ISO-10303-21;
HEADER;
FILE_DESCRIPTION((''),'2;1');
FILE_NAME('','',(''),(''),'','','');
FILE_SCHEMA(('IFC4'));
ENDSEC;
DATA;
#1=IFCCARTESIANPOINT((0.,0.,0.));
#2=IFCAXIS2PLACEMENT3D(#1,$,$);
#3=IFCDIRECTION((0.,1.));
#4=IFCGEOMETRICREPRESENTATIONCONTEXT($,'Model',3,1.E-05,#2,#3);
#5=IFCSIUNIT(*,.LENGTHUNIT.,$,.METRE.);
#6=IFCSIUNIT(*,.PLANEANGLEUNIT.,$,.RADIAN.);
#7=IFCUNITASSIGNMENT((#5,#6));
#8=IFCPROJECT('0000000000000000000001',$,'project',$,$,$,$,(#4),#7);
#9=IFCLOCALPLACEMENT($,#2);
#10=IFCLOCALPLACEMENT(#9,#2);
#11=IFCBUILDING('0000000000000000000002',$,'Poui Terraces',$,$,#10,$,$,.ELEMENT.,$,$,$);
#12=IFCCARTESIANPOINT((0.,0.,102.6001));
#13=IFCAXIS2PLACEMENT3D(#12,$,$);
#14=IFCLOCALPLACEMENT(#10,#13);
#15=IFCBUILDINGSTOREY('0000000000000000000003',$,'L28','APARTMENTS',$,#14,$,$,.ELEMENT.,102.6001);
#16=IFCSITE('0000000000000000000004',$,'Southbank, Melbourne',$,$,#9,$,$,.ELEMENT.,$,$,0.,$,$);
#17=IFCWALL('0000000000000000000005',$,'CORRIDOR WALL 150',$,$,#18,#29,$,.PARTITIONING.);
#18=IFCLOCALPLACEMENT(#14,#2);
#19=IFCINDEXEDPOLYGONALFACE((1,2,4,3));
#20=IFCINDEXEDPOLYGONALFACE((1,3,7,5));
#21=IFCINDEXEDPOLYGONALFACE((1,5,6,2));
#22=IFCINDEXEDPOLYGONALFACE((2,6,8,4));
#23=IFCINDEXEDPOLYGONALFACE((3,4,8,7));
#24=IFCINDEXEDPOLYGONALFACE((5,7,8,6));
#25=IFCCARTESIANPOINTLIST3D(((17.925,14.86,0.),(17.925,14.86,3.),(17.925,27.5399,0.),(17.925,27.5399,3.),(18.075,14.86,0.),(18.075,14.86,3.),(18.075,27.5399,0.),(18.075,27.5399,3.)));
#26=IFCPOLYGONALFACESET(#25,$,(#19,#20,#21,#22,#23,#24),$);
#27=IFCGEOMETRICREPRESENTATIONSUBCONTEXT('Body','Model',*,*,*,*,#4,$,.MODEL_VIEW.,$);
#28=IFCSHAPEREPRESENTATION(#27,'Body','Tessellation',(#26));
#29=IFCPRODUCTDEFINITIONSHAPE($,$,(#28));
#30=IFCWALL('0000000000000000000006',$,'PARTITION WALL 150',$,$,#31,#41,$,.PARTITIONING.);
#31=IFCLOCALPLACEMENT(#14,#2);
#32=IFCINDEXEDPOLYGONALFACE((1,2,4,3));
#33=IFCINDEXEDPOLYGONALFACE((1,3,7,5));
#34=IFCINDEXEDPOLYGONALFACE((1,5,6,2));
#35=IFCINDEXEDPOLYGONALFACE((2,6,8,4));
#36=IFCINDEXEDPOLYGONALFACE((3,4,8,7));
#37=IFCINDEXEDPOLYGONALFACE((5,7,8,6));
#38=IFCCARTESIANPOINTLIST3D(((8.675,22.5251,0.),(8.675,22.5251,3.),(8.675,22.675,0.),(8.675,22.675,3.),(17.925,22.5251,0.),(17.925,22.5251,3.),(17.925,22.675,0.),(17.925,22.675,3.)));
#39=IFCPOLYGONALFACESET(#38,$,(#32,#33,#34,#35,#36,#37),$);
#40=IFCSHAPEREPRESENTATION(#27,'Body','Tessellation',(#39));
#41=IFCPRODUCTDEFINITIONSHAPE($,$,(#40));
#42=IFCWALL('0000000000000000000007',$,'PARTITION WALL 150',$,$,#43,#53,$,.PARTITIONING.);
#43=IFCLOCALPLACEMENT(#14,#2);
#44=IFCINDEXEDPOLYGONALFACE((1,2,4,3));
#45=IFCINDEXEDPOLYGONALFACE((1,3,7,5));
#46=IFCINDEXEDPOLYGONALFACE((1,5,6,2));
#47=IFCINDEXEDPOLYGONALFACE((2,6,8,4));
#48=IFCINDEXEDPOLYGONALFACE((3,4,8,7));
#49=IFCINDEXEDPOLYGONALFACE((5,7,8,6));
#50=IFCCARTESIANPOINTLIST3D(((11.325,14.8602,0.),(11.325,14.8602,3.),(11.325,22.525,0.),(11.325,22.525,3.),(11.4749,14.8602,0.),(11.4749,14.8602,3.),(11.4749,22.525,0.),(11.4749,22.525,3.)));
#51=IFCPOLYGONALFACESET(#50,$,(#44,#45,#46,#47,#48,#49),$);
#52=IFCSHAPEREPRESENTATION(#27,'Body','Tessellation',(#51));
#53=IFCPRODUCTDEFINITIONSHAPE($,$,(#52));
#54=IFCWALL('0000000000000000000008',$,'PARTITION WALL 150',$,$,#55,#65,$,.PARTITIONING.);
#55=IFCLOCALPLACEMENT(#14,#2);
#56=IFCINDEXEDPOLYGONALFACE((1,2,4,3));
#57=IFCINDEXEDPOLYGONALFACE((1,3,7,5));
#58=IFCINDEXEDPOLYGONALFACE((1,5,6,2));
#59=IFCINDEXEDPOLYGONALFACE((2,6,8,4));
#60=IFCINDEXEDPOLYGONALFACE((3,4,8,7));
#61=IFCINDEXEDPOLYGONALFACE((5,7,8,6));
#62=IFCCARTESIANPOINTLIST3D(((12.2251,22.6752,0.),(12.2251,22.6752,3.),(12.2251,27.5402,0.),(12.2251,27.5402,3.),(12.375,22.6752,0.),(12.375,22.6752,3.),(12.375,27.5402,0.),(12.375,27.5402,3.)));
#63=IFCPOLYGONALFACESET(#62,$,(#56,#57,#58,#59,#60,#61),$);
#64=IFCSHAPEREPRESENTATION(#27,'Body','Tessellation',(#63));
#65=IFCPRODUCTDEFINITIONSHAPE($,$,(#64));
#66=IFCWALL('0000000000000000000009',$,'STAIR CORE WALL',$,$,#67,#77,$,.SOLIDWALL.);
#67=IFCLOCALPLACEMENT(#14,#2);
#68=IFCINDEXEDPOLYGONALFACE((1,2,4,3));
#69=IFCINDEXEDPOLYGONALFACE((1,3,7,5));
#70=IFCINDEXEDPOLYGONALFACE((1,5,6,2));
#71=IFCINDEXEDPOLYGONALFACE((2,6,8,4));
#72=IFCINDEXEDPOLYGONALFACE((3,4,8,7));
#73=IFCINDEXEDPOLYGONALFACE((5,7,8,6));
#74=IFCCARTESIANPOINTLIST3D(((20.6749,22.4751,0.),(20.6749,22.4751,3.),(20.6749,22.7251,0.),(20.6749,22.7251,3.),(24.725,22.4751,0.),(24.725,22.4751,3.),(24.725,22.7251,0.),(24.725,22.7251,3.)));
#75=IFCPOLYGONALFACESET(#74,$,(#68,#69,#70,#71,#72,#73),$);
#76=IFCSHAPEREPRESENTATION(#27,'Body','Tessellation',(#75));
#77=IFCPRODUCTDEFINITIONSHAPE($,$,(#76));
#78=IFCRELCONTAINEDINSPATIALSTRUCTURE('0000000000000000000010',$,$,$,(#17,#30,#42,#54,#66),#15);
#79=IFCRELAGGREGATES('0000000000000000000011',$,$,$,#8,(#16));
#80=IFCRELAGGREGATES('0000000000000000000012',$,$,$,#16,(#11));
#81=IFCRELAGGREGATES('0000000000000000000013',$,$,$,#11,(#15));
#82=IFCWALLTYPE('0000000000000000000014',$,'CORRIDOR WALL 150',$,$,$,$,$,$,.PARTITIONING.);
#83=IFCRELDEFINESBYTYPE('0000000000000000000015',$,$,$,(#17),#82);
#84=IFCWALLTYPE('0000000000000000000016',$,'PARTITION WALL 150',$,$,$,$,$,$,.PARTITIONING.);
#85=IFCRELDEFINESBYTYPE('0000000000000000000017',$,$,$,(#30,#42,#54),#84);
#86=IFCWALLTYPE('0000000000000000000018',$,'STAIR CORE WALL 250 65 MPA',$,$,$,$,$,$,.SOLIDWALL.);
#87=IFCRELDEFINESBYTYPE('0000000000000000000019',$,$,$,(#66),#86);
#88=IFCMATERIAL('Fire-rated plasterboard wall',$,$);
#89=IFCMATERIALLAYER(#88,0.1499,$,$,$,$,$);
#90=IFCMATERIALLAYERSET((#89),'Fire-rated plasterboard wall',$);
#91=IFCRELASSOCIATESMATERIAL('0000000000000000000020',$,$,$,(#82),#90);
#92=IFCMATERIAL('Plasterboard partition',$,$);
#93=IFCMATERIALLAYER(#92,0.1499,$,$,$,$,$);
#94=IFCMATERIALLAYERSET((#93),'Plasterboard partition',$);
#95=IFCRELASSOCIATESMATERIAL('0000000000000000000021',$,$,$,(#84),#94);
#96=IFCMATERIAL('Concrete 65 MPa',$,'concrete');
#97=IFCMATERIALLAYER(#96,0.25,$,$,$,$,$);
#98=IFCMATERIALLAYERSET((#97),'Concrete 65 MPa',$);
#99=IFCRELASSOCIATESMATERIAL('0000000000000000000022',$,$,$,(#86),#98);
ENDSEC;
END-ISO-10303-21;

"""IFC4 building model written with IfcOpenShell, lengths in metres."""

from ifc_helpers import new_model, si_unit, direction, frame, frame_2d, origin, place, context, subcontext, project, spatial, rectangle, extrude, material, layer, layer_set, type_object, element, save


model = new_model("IFC4")

# Units and contexts
model_context = context("Model", 3, precision=1e-05, world=origin(), true_north=direction((0.0, 1.0)))
body_context = subcontext(model_context, "Body", "Model", "MODEL_VIEW")
ifc_project = project(units=[si_unit("LENGTHUNIT", "METRE"), si_unit("PLANEANGLEUNIT", "RADIAN")], contexts=[model_context])

# Site, building, storey
site_placement = place(None, origin())
site = spatial("IfcSite", under=ifc_project, at=site_placement, Name="Southbank, Melbourne", CompositionType="ELEMENT", RefElevation=0.0)
building_placement = place(site_placement, origin())
building = spatial("IfcBuilding", under=site, at=building_placement, Name="Poui Terraces", CompositionType="ELEMENT")
storey_placement = place(building_placement, frame((0.0, 0.0, 102.6001)))
storey = spatial("IfcBuildingStorey", under=building, at=storey_placement, Name="L28", Description="APARTMENTS", CompositionType="ELEMENT", Elevation=102.6001)

# Walls
ifc_material_1 = material(Name="Fire-rated plasterboard wall")
ifc_layer_1 = layer(ifc_material_1, 0.1499)
ifc_layer_set_1 = layer_set([ifc_layer_1], Name="Fire-rated plasterboard wall")
wall_type_1 = type_object("IfcWallType", Name="CORRIDOR WALL 150", PredefinedType="PARTITIONING", material=ifc_layer_set_1)
wall_1_placement = place(storey_placement, frame((18.0, 14.8601, 0.0), z_axis=(0.0, 0.0, 1.0), x_axis=(0.0, 1.0, 0.0)))
element("IfcWall", 1, at=wall_1_placement, inside=storey, type_object=wall_type_1, Name="CORRIDOR WALL 150", PredefinedType="PARTITIONING", context=body_context, shape_type="SweptSolid", body=[
    extrude(rectangle(XDim=12.6799, YDim=0.1499, at=frame_2d((6.3398, 0.0))), origin(), (0.0, 0.0, 1.0), 3.0),
])
ifc_material_2 = material(Name="Plasterboard partition")
ifc_layer_2 = layer(ifc_material_2, 0.1499)
ifc_layer_set_2 = layer_set([ifc_layer_2], Name="Plasterboard partition")
wall_type_2 = type_object("IfcWallType", Name="PARTITION WALL 150", PredefinedType="PARTITIONING", material=ifc_layer_set_2)
wall_2_placement = place(storey_placement, frame((8.675, 22.6001, 0.0), z_axis=(0.0, 0.0, 1.0), x_axis=(1.0, 0.0, 0.0)))
element("IfcWall", 2, at=wall_2_placement, inside=storey, type_object=wall_type_2, Name="PARTITION WALL 150", PredefinedType="PARTITIONING", context=body_context, shape_type="SweptSolid", body=[
    extrude(rectangle(XDim=9.25, YDim=0.1499, at=frame_2d((4.625, 0.0))), origin(), (0.0, 0.0, 1.0), 3.0),
])
wall_3_placement = place(storey_placement, frame((11.3999, 14.8601, 0.0), z_axis=(0.0, 0.0, 1.0), x_axis=(0.0, 1.0, 0.0)))
element("IfcWall", 3, at=wall_3_placement, inside=storey, type_object=wall_type_2, Name="PARTITION WALL 150", PredefinedType="PARTITIONING", context=body_context, shape_type="SweptSolid", body=[
    extrude(rectangle(XDim=7.6648, YDim=0.1499, at=frame_2d((3.8325, 0.0))), origin(), (0.0, 0.0, 1.0), 3.0),
])
wall_4_placement = place(storey_placement, frame((12.3, 22.675, 0.0), z_axis=(0.0, 0.0, 1.0), x_axis=(0.0, 1.0, 0.0)))
element("IfcWall", 4, at=wall_4_placement, inside=storey, type_object=wall_type_2, Name="PARTITION WALL 150", PredefinedType="PARTITIONING", context=body_context, shape_type="SweptSolid", body=[
    extrude(rectangle(XDim=4.865, YDim=0.1499, at=frame_2d((2.4326, 0.0))), origin(), (0.0, 0.0, 1.0), 3.0),
])

# Shared definitions
ifc_material_3 = material(Name="Concrete 65 MPa", Category="concrete")

# Wall
ifc_layer_3 = layer(ifc_material_3, 0.25)
ifc_layer_set_3 = layer_set([ifc_layer_3], Name="Concrete 65 MPa")
wall_type_3 = type_object("IfcWallType", Name="STAIR CORE WALL 250 65 MPA", PredefinedType="SOLIDWALL", material=ifc_layer_set_3)
wall_5_placement = place(storey_placement, frame((20.675, 22.6001, 0.0), z_axis=(0.0, 0.0, 1.0), x_axis=(1.0, 0.0, 0.0)))
element("IfcWall", 5, at=wall_5_placement, inside=storey, type_object=wall_type_3, Name="STAIR CORE WALL", PredefinedType="SOLIDWALL", context=body_context, shape_type="SweptSolid", body=[
    extrude(rectangle(XDim=4.05, YDim=0.25, at=frame_2d((2.0249, 0.0))), origin(), (0.0, 0.0, 1.0), 3.0),
])

save(model, "model.ifc")
